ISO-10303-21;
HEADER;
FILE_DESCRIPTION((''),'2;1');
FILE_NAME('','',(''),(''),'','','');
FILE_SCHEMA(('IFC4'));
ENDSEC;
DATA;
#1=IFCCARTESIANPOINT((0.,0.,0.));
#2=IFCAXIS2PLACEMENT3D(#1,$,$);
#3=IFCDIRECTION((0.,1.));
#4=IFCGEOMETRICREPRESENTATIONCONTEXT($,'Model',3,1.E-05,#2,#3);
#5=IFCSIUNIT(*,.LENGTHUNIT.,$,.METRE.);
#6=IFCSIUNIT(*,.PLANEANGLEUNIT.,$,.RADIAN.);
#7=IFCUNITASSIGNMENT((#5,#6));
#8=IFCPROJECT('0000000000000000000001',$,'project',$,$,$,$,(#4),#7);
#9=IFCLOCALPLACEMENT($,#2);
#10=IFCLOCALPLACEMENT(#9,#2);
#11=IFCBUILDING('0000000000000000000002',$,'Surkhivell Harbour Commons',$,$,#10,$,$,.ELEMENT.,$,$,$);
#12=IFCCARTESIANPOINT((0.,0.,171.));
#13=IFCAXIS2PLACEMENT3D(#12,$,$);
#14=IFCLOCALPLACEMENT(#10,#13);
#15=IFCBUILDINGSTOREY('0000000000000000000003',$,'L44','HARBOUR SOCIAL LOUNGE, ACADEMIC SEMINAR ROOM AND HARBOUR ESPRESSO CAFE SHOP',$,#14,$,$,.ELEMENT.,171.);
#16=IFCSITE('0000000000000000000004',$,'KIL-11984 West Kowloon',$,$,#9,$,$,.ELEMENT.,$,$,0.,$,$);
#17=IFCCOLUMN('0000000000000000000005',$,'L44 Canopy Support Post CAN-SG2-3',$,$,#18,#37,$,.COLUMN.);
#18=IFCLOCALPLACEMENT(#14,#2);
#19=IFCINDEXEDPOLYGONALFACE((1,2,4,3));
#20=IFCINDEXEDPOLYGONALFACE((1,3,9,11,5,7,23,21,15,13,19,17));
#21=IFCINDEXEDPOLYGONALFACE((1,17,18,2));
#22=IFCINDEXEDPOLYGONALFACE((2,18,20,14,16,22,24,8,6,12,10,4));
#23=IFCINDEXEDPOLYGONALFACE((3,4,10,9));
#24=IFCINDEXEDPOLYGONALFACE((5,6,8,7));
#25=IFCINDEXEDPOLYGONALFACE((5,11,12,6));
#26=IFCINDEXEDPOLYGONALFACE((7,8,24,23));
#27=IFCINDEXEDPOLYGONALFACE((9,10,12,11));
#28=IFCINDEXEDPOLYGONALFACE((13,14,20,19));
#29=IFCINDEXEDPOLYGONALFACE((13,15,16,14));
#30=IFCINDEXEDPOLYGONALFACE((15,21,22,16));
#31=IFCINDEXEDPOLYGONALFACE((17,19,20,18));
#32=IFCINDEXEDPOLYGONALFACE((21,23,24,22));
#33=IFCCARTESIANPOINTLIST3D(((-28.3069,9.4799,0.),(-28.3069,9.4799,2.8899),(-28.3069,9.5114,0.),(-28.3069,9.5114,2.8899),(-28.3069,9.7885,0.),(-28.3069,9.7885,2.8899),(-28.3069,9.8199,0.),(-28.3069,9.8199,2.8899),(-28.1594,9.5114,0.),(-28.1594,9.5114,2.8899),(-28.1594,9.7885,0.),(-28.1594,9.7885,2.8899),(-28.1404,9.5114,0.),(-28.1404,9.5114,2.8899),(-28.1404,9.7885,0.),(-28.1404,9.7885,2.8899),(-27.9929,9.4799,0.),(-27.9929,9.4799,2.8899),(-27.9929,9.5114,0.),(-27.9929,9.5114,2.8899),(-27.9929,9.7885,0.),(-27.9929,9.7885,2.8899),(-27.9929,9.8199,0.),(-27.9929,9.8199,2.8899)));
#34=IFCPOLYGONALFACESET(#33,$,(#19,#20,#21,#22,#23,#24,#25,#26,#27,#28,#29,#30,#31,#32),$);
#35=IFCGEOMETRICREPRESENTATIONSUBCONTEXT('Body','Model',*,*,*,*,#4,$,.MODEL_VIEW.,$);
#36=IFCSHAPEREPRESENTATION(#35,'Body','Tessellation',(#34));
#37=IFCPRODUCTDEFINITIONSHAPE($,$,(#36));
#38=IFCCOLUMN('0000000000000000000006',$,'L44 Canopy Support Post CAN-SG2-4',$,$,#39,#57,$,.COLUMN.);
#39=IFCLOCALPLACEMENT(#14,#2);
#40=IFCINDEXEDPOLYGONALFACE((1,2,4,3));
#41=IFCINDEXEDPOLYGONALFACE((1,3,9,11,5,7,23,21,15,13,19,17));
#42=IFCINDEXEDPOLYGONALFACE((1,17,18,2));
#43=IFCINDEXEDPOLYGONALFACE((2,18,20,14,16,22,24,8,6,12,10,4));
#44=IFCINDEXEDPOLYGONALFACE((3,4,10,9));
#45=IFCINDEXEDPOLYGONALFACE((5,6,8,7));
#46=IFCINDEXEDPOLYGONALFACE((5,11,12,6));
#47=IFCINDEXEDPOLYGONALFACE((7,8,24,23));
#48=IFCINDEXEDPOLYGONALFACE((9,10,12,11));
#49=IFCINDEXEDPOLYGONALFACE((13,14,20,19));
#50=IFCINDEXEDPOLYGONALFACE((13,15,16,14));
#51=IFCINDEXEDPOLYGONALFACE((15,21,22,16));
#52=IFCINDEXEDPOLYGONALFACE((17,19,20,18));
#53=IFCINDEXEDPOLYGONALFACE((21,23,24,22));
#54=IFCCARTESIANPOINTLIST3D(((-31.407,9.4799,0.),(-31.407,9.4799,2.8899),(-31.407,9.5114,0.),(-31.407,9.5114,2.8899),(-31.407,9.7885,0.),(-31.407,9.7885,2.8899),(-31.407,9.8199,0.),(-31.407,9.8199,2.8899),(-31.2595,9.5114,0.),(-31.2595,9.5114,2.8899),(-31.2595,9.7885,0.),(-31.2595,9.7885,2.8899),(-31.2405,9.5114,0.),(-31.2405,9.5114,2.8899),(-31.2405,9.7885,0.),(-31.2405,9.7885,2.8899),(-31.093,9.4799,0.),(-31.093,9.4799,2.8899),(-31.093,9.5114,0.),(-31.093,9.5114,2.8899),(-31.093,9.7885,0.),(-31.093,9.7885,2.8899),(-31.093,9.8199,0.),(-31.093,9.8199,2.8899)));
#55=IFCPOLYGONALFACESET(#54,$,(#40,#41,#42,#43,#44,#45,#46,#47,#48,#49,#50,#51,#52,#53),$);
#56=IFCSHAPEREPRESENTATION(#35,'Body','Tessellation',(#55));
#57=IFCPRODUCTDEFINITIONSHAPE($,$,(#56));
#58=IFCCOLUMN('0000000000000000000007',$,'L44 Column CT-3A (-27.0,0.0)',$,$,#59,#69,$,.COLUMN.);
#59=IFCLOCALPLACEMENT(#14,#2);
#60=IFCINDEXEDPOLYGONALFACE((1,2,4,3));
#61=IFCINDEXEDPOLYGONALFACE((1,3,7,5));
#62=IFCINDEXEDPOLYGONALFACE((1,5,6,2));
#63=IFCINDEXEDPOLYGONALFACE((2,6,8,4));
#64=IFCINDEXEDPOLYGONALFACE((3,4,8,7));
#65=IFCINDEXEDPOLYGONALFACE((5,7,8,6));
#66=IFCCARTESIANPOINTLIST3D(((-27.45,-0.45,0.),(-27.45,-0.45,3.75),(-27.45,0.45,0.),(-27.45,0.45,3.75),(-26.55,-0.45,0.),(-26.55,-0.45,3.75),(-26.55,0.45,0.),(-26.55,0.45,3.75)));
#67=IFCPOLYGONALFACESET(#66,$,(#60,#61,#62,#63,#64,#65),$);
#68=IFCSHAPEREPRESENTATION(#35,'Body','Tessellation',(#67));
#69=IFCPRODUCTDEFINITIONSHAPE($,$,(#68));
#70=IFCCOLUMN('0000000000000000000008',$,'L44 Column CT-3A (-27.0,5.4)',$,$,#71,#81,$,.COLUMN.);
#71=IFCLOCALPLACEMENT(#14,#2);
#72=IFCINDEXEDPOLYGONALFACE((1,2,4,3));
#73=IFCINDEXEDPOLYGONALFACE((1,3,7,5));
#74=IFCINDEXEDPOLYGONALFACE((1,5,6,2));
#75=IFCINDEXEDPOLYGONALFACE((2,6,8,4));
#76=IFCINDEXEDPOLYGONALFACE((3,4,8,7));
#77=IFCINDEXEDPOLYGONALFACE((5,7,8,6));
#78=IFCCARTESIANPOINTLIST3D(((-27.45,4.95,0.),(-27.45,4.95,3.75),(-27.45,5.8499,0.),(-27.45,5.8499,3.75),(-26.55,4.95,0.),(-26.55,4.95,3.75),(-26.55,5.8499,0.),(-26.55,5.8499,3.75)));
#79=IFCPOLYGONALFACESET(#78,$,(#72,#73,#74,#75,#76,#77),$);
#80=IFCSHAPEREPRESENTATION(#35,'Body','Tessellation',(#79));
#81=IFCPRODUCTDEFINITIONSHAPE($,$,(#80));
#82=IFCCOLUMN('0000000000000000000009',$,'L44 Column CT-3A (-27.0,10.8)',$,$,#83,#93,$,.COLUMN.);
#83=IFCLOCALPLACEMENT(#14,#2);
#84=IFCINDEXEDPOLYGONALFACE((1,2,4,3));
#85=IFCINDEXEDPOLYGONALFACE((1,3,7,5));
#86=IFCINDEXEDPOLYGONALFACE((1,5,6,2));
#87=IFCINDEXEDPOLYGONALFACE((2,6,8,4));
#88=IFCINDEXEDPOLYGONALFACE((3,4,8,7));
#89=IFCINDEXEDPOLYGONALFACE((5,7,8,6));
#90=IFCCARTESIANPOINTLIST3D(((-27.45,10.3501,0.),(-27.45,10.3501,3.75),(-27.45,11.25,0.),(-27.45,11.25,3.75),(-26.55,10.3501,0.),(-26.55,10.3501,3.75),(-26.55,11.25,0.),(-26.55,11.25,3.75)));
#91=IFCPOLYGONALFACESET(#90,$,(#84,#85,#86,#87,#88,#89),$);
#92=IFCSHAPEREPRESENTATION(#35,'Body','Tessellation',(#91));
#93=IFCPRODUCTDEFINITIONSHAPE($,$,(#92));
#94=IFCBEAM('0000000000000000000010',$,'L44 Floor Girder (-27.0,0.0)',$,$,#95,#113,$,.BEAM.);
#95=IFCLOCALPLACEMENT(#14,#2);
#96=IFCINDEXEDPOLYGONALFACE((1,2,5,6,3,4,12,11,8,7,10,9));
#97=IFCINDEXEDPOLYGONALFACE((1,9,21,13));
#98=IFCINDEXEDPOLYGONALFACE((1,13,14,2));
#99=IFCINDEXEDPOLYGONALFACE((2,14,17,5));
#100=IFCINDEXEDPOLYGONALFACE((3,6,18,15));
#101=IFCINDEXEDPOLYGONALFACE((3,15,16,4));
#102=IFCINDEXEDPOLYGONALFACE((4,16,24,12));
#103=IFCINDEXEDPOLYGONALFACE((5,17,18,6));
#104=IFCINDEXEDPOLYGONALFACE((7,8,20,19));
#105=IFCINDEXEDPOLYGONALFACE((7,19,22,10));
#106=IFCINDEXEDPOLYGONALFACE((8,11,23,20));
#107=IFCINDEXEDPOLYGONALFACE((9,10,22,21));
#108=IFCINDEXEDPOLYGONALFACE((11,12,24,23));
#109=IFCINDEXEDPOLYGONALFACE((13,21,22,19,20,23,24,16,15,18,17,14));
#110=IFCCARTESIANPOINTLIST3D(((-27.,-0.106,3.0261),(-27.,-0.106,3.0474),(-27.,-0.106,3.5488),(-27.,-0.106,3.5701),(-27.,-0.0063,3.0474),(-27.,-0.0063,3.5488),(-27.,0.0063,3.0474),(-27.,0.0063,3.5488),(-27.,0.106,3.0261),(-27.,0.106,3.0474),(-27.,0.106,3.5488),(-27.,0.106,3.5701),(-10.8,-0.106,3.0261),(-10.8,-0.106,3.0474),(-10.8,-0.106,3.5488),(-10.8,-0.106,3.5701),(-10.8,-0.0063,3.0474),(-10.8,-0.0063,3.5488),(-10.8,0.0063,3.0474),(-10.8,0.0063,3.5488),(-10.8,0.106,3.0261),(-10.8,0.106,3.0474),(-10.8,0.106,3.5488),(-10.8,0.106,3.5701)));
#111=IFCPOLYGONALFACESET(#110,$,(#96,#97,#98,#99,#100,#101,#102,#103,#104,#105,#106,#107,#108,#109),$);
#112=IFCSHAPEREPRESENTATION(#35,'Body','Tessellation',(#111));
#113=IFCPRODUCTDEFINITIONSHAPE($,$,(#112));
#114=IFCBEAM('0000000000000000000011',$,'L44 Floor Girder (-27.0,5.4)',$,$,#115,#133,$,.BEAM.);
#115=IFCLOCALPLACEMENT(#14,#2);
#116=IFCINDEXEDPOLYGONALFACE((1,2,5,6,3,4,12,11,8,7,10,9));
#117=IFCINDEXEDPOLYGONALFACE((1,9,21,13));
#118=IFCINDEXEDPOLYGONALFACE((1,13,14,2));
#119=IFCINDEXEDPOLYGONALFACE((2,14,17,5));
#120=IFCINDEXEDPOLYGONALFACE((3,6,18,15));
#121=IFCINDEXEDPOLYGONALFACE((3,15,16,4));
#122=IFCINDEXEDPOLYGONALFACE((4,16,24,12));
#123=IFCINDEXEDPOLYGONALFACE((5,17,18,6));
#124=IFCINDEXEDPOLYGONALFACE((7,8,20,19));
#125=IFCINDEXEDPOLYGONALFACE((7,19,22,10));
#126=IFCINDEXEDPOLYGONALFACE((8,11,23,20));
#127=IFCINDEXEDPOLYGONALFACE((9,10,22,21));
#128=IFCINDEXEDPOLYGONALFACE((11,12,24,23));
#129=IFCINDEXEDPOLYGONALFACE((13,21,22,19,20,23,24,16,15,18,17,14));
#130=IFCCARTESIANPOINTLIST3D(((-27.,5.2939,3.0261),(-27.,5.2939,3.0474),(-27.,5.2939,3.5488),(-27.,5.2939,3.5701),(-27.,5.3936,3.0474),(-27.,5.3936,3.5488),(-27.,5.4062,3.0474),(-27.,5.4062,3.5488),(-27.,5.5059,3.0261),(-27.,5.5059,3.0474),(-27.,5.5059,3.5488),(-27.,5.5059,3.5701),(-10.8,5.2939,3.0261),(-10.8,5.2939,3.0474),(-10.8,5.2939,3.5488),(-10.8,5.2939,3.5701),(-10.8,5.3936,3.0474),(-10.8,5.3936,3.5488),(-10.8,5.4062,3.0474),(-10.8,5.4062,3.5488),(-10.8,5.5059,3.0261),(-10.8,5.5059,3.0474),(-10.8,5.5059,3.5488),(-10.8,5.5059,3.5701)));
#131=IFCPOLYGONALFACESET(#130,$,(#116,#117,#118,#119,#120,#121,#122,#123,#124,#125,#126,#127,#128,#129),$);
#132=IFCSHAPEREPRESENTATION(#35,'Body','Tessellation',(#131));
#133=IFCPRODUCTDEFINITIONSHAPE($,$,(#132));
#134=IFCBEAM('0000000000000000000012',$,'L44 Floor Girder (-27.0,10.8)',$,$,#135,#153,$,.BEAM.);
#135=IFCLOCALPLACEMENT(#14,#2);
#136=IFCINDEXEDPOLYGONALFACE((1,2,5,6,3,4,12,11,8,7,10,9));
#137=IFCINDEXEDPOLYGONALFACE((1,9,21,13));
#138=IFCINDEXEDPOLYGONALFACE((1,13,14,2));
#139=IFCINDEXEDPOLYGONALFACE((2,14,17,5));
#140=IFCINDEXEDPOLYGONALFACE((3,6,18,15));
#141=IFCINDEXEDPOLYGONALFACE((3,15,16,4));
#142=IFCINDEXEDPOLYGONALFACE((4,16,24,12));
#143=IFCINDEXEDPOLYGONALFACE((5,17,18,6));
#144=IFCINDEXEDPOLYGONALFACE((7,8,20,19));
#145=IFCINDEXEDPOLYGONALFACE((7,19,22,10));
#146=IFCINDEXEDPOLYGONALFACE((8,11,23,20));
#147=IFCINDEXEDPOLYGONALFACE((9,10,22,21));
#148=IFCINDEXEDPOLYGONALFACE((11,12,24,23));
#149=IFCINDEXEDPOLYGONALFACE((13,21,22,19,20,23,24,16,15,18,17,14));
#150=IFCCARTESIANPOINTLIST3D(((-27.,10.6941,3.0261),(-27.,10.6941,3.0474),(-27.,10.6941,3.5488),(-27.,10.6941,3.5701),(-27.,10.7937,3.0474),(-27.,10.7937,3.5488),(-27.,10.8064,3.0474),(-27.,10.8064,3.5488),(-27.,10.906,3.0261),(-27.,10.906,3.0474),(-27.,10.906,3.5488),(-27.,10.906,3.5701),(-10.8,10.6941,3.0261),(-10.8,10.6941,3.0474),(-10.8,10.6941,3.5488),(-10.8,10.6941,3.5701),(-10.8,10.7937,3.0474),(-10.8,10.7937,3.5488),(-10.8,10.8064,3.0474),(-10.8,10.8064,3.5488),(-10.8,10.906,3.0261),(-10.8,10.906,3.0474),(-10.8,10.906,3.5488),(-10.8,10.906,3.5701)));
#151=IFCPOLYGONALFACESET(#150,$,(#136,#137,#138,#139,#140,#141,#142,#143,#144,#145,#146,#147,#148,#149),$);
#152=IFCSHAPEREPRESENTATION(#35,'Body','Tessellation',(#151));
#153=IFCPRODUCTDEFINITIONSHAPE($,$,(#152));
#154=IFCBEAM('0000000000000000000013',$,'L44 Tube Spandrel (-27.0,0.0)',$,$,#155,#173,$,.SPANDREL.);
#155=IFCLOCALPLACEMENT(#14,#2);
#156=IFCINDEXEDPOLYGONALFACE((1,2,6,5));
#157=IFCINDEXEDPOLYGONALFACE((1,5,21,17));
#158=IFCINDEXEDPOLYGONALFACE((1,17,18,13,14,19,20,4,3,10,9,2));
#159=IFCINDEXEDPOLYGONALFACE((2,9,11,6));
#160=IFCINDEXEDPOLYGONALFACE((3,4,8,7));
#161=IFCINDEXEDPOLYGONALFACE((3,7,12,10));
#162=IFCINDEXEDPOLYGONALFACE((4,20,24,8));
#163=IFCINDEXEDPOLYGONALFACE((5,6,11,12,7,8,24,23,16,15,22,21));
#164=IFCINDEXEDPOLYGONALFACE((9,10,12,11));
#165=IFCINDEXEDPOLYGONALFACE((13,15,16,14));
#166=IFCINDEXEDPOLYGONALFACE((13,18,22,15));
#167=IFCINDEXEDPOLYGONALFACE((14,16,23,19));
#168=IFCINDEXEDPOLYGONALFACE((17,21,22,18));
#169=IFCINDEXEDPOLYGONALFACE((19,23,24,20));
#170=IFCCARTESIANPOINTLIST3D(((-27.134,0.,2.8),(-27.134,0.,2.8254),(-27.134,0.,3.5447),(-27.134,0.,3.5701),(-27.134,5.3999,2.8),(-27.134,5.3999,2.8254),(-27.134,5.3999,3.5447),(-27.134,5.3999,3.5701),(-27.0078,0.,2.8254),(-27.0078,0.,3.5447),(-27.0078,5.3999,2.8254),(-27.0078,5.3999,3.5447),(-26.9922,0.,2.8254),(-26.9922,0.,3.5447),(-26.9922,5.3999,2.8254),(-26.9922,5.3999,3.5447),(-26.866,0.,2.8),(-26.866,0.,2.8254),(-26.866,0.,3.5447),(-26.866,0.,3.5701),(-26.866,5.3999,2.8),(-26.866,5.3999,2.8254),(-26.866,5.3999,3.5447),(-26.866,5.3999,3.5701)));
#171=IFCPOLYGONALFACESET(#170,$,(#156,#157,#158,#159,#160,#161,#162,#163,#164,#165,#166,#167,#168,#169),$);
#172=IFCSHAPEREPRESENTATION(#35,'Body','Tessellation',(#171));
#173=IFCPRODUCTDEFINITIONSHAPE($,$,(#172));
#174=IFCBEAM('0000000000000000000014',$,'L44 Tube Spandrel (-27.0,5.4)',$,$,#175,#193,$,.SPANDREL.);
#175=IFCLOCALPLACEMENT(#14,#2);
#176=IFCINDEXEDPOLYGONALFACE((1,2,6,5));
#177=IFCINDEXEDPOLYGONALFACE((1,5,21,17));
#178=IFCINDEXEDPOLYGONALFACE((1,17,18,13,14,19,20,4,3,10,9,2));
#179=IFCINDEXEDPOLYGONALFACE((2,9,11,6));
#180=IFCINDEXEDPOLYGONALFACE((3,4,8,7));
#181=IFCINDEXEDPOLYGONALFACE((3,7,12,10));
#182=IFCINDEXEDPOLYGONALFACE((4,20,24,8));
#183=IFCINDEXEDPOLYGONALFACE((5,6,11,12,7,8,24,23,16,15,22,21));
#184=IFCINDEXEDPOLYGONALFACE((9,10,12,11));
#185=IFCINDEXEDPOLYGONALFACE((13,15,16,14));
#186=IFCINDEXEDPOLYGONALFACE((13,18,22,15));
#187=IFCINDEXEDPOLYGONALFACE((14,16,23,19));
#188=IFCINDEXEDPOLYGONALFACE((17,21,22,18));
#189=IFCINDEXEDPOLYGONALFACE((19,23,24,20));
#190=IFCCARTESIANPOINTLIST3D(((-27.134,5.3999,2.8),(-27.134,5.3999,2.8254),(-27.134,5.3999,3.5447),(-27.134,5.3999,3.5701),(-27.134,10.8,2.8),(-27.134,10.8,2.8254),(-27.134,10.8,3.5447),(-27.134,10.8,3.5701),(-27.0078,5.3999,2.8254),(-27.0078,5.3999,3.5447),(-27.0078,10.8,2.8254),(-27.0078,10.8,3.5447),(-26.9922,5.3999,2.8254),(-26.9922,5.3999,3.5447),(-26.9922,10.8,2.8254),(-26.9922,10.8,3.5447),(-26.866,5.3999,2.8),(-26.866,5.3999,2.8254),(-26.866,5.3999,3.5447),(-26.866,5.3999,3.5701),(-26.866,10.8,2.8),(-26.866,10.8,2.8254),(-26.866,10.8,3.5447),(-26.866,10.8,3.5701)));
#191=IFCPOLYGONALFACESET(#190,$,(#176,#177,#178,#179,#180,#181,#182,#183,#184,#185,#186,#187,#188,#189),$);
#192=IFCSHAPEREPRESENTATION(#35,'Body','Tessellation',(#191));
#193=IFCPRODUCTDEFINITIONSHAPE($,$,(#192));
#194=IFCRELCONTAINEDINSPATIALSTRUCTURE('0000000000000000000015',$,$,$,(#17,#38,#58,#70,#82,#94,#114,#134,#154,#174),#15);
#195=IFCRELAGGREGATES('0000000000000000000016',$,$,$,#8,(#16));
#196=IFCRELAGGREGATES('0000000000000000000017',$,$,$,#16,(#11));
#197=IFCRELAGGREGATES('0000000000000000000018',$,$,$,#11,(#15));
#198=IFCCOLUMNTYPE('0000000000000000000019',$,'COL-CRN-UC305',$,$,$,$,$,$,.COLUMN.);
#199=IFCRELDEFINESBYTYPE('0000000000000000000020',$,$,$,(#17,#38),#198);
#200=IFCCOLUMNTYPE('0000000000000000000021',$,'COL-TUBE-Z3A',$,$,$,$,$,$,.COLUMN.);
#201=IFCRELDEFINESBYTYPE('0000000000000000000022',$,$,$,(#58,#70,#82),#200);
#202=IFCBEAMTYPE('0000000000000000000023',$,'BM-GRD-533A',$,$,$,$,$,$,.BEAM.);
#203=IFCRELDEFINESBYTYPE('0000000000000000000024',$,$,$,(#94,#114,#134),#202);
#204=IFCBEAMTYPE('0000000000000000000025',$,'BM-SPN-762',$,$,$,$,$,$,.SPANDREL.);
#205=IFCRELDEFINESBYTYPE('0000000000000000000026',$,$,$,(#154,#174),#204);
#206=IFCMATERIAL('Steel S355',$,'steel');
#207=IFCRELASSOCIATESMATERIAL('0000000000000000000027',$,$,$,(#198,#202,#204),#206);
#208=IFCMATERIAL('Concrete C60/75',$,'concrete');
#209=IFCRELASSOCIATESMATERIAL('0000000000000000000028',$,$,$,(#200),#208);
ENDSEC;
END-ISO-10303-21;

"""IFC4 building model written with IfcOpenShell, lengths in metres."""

from ifc_helpers import new_model, si_unit, direction, frame, origin, origin_2d, place, context, subcontext, project, spatial, rectangle, i_section, extrude, material, material_profile, profile_set, type_object, element, save


model = new_model("IFC4")

# Units and contexts
model_context = context("Model", 3, precision=1e-05, world=origin(), true_north=direction((0.0, 1.0)))
body_context = subcontext(model_context, "Body", "Model", "MODEL_VIEW")
ifc_project = project(units=[si_unit("LENGTHUNIT", "METRE"), si_unit("PLANEANGLEUNIT", "RADIAN")], contexts=[model_context])

# Site, building, storey
site_placement = place(None, origin())
site = spatial("IfcSite", under=ifc_project, at=site_placement, Name="KIL-11984 West Kowloon", CompositionType="ELEMENT", RefElevation=0.0)
building_placement = place(site_placement, origin())
building = spatial("IfcBuilding", under=site, at=building_placement, Name="Surkhivell Harbour Commons", CompositionType="ELEMENT")
storey_placement = place(building_placement, frame((0.0, 0.0, 171.0)))
storey = spatial("IfcBuildingStorey", under=building, at=storey_placement, Name="L44", Description="HARBOUR SOCIAL LOUNGE, ACADEMIC SEMINAR ROOM AND HARBOUR ESPRESSO CAFE SHOP", CompositionType="ELEMENT", Elevation=171.0)

# Columns
ifc_material_1 = material(Name="Steel S355", Category="steel")
ifc_material_profile_1 = material_profile(ifc_material_1, i_section(OverallWidth=0.314, OverallDepth=0.3401, WebThickness=0.019, FlangeThickness=0.0315, at=origin_2d()), Name="UC305x305x198")
ifc_profile_set_1 = profile_set([ifc_material_profile_1], Name="Steel S355")
column_type_1 = type_object("IfcColumnType", Name="COL-CRN-UC305", PredefinedType="COLUMN", material=ifc_profile_set_1)
for number, where, z_axis, x_axis, name in (
    (1, (-28.1499, 9.6499, 0.0), (0.0, 0.0, 1.0), (1.0, 0.0, 0.0), "L44 Canopy Support Post CAN-SG2-3"),
    (2, (-31.25, 9.6499, 0.0), (0.0, 0.0, 1.0), (1.0, 0.0, 0.0), "L44 Canopy Support Post CAN-SG2-4"),
):
    element("IfcColumn", number, at=place(storey_placement, frame(where, z_axis=z_axis, x_axis=x_axis)), inside=storey, type_object=column_type_1, Name=name, PredefinedType="COLUMN", context=body_context, shape_type="SweptSolid", body=[
        extrude(i_section(OverallWidth=0.314, OverallDepth=0.3401, WebThickness=0.019, FlangeThickness=0.0315, at=origin_2d()), origin(), (0.0, 0.0, 1.0), 2.8899),
    ])
ifc_material_2 = material(Name="Concrete C60/75", Category="concrete")
ifc_material_profile_2 = material_profile(ifc_material_2, rectangle(XDim=0.8999, YDim=0.8999, at=origin_2d()), Name="RC-COL-900x900")
ifc_profile_set_2 = profile_set([ifc_material_profile_2], Name="Concrete C60/75")
column_type_2 = type_object("IfcColumnType", Name="COL-TUBE-Z3A", PredefinedType="COLUMN", material=ifc_profile_set_2)
for number, where, z_axis, x_axis, name in (
    (3, (-27.0, 0.0, 0.0), (0.0, 0.0, 1.0), (1.0, 0.0, 0.0), "L44 Column CT-3A (-27.0,0.0)"),
    (4, (-27.0, 5.3999, 0.0), (0.0, 0.0, 1.0), (1.0, 0.0, 0.0), "L44 Column CT-3A (-27.0,5.4)"),
    (5, (-27.0, 10.8, 0.0), (0.0, 0.0, 1.0), (1.0, 0.0, 0.0), "L44 Column CT-3A (-27.0,10.8)"),
):
    element("IfcColumn", number, at=place(storey_placement, frame(where, z_axis=z_axis, x_axis=x_axis)), inside=storey, type_object=column_type_2, Name=name, PredefinedType="COLUMN", context=body_context, shape_type="SweptSolid", body=[
        extrude(rectangle(XDim=0.8999, YDim=0.8999, at=origin_2d()), origin(), (0.0, 0.0, 1.0), 3.75),
    ])

# Beams
ifc_material_profile_3 = material_profile(ifc_material_1, i_section(OverallWidth=0.2119, OverallDepth=0.5439, WebThickness=0.0127, FlangeThickness=0.0212, at=origin_2d()), Name="UB533x210x122")
ifc_profile_set_3 = profile_set([ifc_material_profile_3], Name="Steel S355")
beam_type_1 = type_object("IfcBeamType", Name="BM-GRD-533A", PredefinedType="BEAM", material=ifc_profile_set_3)
for number, where, z_axis, x_axis, name in (
    (6, (-27.0, 0.0, 3.2981), (1.0, 0.0, 0.0), (0.0, 1.0, 0.0), "L44 Floor Girder (-27.0,0.0)"),
    (7, (-27.0, 5.3999, 3.2981), (1.0, 0.0, 0.0), (0.0, 1.0, 0.0), "L44 Floor Girder (-27.0,5.4)"),
    (8, (-27.0, 10.8, 3.2981), (1.0, 0.0, 0.0), (0.0, 1.0, 0.0), "L44 Floor Girder (-27.0,10.8)"),
):
    element("IfcBeam", number, at=place(storey_placement, frame(where, z_axis=z_axis, x_axis=x_axis)), inside=storey, type_object=beam_type_1, Name=name, PredefinedType="BEAM", context=body_context, shape_type="SweptSolid", body=[
        extrude(i_section(OverallWidth=0.2119, OverallDepth=0.5439, WebThickness=0.0127, FlangeThickness=0.0212, at=origin_2d()), origin(), (0.0, 0.0, 1.0), 16.2),
    ])
ifc_material_profile_4 = material_profile(ifc_material_1, i_section(OverallWidth=0.2681, OverallDepth=0.77, WebThickness=0.0156, FlangeThickness=0.0254, at=origin_2d()), Name="UB762x267x197")
ifc_profile_set_4 = profile_set([ifc_material_profile_4], Name="Steel S355")
beam_type_2 = type_object("IfcBeamType", Name="BM-SPN-762", PredefinedType="SPANDREL", material=ifc_profile_set_4)
beam_1_placement = place(storey_placement, frame((-27.0, 0.0, 3.1851), z_axis=(0.0, 1.0, 0.0), x_axis=(-1.0, 0.0, 0.0)))
element("IfcBeam", 9, at=beam_1_placement, inside=storey, type_object=beam_type_2, Name="L44 Tube Spandrel (-27.0,0.0)", PredefinedType="SPANDREL", context=body_context, shape_type="SweptSolid", body=[
    extrude(i_section(OverallWidth=0.2681, OverallDepth=0.77, WebThickness=0.0156, FlangeThickness=0.0254, at=origin_2d()), origin(), (0.0, 0.0, 1.0), 5.3999),
])
beam_2_placement = place(storey_placement, frame((-27.0, 5.3999, 3.1851), z_axis=(0.0, 1.0, 0.0), x_axis=(-1.0, 0.0, 0.0)))
element("IfcBeam", 10, at=beam_2_placement, inside=storey, type_object=beam_type_2, Name="L44 Tube Spandrel (-27.0,5.4)", PredefinedType="SPANDREL", context=body_context, shape_type="SweptSolid", body=[
    extrude(i_section(OverallWidth=0.2681, OverallDepth=0.77, WebThickness=0.0156, FlangeThickness=0.0254, at=origin_2d()), origin(), (0.0, 0.0, 1.0), 5.4001),
])

save(model, "model.ifc")
